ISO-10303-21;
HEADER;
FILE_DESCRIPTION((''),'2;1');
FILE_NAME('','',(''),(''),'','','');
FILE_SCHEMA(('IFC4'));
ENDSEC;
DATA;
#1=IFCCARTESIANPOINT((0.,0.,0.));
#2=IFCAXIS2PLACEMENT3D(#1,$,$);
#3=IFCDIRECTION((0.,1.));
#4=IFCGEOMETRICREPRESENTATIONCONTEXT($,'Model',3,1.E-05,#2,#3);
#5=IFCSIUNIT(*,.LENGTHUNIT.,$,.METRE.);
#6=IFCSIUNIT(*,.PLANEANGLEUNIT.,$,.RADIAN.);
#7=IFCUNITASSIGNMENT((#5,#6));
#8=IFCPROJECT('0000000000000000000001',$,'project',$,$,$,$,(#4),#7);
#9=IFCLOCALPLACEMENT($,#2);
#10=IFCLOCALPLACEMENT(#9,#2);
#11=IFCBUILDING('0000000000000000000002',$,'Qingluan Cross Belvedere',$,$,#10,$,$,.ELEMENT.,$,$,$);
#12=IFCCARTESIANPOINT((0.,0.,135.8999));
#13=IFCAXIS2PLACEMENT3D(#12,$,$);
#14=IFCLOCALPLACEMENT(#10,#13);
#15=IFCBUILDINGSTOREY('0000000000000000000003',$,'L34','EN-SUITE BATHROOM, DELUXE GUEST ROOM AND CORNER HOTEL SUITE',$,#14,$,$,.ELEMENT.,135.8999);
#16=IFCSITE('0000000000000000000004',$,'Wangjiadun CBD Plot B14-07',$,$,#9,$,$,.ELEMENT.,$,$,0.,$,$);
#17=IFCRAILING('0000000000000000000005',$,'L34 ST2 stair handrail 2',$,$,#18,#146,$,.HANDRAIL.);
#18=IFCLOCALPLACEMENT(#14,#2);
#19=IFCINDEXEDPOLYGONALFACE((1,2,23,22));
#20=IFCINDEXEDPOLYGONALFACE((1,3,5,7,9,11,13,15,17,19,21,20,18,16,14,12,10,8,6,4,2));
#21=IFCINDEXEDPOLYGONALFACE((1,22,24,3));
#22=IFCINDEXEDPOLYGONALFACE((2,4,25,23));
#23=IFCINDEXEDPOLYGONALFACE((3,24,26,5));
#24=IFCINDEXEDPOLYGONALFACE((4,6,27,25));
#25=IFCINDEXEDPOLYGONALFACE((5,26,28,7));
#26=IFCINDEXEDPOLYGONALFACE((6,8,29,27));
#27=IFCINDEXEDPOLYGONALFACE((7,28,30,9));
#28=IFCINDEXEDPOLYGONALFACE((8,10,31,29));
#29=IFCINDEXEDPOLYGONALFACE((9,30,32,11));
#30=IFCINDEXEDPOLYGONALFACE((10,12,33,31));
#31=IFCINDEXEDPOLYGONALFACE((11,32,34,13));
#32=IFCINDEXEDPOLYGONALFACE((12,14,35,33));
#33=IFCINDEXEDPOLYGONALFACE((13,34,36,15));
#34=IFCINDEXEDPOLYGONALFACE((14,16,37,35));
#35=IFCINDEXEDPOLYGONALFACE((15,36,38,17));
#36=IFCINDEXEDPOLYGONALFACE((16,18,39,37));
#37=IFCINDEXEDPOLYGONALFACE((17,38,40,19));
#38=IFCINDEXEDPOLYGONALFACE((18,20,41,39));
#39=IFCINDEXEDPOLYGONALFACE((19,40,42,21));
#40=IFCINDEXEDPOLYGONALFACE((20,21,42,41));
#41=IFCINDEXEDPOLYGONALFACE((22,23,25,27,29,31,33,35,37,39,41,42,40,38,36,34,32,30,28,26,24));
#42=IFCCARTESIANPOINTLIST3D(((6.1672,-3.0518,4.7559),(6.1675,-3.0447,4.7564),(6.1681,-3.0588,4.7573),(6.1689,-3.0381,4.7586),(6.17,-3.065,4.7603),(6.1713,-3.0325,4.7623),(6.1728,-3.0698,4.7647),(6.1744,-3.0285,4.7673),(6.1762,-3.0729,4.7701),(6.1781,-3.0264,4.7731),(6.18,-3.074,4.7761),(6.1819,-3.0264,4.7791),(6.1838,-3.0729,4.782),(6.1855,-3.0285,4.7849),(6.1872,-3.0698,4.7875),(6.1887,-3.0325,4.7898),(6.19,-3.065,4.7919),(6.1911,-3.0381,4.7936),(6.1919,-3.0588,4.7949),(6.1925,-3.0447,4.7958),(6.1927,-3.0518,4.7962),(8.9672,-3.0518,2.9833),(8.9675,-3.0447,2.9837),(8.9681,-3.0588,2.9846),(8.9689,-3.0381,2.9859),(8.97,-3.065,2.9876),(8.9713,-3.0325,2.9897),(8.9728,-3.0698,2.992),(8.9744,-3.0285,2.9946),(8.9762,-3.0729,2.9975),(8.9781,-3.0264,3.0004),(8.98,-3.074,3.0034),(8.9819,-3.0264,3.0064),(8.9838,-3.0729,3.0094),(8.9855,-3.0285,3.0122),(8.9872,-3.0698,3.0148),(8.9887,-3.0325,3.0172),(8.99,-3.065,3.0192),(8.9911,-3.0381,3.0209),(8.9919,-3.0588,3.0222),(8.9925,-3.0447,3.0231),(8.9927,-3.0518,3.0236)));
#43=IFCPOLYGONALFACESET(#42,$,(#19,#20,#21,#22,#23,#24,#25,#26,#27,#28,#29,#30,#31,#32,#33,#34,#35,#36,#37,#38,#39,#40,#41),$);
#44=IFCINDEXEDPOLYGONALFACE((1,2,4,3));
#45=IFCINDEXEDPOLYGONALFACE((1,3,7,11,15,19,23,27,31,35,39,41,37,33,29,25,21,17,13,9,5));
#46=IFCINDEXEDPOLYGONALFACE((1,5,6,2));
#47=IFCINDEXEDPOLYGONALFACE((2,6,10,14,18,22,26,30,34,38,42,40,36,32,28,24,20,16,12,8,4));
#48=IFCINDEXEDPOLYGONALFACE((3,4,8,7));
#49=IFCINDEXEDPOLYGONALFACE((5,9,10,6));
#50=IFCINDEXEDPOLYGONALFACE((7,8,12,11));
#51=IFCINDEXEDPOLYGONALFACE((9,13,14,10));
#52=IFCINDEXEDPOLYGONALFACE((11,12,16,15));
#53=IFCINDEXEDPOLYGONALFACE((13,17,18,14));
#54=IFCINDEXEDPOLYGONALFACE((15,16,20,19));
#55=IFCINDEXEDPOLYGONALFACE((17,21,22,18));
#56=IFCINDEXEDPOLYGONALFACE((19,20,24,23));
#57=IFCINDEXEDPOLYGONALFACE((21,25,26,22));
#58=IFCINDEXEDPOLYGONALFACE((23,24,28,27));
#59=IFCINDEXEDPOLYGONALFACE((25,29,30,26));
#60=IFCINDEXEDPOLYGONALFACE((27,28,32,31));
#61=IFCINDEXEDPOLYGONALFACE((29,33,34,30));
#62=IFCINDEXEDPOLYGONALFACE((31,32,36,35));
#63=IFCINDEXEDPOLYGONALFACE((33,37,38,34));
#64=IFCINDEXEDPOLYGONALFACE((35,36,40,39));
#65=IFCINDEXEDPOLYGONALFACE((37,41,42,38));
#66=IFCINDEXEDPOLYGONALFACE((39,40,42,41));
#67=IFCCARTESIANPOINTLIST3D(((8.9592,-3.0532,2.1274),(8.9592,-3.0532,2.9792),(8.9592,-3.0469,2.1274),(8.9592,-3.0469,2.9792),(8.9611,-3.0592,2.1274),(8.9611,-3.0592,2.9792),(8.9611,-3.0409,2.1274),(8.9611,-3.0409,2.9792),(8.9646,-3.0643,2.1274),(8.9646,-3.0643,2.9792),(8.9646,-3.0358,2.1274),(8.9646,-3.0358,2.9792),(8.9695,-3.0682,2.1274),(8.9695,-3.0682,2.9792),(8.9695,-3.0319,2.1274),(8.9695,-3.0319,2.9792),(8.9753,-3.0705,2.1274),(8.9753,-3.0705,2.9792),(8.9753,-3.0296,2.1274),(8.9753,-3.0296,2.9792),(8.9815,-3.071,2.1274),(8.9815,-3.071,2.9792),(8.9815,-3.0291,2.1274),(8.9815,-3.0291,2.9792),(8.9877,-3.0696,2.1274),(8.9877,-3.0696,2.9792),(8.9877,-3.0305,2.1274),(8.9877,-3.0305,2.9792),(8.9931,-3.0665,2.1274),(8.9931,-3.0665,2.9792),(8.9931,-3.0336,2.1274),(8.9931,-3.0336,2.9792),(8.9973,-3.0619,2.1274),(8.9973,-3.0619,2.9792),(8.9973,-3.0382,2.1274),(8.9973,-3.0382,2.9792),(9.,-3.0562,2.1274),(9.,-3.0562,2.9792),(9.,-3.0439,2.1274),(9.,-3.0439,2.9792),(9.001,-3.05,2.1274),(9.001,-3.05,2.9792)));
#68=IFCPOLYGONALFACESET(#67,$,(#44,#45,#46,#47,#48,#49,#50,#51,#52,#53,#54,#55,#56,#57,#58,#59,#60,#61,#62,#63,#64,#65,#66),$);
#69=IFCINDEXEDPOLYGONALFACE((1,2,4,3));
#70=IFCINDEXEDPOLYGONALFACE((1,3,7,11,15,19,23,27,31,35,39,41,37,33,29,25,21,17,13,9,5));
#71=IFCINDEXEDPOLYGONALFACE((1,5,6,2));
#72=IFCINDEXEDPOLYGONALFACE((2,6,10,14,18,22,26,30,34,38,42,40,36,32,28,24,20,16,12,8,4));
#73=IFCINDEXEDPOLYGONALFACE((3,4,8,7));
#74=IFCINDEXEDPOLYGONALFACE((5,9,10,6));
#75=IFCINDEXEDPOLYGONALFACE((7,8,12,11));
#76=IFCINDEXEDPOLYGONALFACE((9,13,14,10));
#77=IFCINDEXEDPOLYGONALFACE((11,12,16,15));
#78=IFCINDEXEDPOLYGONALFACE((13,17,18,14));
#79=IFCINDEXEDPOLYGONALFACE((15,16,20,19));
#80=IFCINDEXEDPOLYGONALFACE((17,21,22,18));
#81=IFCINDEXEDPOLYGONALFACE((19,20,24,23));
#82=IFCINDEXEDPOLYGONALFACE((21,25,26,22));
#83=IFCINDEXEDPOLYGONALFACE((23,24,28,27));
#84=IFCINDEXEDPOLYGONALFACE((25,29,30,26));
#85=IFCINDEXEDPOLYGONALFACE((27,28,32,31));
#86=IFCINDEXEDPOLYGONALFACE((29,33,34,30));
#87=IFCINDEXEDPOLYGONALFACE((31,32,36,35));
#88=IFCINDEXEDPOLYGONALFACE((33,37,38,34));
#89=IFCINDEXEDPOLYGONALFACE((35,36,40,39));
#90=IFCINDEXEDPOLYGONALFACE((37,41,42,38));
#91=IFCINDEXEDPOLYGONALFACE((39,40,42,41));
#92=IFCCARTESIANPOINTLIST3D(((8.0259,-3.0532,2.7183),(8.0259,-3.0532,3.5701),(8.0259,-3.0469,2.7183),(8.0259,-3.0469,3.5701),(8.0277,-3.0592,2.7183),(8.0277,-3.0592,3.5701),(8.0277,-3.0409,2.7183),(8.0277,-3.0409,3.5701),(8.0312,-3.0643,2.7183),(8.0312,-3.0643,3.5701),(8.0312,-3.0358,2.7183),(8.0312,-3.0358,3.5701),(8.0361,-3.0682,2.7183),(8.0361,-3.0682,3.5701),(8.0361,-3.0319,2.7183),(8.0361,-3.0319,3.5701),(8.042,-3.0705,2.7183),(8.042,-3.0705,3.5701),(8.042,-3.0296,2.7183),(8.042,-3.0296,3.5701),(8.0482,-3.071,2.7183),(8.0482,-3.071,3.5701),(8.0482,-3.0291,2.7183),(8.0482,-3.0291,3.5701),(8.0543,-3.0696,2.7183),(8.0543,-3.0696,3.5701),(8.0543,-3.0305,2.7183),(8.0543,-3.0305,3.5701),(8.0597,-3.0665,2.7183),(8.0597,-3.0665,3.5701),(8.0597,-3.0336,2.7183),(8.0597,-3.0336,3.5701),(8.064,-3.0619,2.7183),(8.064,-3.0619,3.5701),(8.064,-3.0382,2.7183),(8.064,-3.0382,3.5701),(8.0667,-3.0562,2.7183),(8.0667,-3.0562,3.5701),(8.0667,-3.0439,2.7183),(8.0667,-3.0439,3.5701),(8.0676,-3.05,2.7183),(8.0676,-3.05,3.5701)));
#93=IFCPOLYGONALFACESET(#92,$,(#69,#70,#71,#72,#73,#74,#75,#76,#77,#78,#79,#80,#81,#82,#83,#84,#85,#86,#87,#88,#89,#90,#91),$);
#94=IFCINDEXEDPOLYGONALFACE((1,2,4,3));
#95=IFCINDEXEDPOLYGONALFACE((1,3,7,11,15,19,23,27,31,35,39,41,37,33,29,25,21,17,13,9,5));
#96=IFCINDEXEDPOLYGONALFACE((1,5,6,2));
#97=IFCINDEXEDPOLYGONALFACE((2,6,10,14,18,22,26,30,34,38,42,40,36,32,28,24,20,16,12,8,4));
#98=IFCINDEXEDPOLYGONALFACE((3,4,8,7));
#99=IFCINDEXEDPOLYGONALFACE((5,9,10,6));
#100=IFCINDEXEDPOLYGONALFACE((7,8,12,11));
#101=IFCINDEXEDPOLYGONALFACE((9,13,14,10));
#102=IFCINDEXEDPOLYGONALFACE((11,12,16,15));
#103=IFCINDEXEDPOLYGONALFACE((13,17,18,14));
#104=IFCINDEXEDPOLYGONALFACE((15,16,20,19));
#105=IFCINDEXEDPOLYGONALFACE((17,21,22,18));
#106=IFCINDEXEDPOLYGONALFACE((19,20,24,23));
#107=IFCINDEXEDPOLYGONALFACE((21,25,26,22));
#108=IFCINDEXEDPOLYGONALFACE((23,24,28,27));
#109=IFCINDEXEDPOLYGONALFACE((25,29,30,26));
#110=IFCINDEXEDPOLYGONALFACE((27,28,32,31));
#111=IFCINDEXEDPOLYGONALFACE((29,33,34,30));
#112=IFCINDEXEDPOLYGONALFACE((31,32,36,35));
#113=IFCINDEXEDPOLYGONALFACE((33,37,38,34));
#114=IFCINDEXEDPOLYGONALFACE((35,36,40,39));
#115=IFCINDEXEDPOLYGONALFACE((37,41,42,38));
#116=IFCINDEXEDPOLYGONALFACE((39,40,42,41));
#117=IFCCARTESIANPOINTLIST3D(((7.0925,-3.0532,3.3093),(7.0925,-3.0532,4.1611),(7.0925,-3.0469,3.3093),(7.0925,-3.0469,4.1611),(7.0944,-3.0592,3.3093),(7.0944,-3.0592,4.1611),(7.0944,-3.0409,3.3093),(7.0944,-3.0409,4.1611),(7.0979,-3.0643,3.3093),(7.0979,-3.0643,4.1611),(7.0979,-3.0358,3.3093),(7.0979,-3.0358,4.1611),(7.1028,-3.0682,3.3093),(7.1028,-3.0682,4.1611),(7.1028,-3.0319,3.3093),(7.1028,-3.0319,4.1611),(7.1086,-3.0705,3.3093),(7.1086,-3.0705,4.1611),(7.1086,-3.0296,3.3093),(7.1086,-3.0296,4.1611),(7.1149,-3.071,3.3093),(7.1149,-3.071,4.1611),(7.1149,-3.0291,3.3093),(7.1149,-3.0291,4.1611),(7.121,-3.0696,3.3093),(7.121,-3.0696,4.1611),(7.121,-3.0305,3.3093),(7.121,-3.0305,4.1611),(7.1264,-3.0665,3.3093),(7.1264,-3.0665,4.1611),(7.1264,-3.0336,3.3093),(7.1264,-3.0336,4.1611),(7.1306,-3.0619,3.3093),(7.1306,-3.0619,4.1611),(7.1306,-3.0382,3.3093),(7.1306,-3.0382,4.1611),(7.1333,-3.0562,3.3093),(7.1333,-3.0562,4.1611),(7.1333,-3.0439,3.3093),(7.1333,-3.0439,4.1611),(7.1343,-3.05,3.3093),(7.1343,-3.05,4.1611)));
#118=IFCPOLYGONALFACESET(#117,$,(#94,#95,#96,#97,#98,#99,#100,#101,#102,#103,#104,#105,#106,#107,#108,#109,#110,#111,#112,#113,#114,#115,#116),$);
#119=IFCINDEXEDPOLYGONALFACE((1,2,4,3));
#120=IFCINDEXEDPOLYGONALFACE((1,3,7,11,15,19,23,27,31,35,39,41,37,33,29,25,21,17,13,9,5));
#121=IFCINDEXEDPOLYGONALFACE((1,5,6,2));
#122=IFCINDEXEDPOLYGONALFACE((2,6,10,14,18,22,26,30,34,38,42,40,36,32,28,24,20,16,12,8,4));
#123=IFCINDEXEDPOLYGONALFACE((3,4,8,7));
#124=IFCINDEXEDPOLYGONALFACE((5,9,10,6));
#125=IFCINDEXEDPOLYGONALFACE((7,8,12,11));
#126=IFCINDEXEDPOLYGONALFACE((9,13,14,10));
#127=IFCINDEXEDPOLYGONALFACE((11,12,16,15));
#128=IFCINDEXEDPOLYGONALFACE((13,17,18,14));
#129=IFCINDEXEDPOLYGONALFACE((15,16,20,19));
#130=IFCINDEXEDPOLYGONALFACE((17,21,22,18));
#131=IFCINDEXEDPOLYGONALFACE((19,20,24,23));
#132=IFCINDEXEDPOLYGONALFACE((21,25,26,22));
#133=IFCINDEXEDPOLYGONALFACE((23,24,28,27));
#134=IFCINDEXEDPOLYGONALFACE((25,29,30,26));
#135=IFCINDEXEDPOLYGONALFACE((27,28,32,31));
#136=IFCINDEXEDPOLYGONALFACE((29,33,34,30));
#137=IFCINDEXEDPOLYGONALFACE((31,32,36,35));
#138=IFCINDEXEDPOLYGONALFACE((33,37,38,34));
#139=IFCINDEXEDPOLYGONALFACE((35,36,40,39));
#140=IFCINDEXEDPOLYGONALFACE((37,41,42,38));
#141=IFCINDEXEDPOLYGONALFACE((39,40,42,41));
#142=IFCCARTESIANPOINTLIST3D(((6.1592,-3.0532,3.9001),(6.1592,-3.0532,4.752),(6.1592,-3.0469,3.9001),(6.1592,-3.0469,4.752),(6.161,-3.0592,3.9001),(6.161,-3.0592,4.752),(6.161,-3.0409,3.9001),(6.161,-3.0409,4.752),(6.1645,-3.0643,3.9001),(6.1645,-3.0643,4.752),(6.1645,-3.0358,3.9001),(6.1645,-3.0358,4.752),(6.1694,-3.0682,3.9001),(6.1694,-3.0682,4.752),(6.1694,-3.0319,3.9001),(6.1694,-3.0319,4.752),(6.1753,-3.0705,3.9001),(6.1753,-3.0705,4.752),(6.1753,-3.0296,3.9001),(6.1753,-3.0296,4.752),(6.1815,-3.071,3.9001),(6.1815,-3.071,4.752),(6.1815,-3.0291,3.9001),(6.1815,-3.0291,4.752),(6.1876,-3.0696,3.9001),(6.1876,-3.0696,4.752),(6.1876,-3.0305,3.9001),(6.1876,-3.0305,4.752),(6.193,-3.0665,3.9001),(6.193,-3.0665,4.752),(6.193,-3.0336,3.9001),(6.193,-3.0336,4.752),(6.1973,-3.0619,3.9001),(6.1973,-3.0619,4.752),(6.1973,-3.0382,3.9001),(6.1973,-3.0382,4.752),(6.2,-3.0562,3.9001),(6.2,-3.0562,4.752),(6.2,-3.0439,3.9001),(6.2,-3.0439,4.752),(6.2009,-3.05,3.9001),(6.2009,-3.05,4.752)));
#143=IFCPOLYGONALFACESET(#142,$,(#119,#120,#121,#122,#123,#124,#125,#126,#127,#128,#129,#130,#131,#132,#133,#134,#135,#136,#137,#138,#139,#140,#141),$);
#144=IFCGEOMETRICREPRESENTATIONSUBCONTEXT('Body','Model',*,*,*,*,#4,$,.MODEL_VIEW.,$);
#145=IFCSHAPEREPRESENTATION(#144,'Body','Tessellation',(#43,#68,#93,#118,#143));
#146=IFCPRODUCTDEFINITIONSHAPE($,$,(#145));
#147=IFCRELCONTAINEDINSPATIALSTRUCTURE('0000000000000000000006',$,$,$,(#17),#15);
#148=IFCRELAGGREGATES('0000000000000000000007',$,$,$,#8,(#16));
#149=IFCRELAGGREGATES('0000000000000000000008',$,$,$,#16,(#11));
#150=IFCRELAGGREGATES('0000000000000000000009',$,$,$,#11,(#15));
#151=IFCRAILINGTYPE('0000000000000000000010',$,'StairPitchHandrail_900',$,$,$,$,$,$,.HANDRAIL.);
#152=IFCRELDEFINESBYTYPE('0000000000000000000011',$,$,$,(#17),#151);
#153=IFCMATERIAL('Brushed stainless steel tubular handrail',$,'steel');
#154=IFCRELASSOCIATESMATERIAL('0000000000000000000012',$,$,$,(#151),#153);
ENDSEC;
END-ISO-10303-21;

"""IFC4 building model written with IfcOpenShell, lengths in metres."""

from ifc_helpers import new_model, si_unit, direction, frame, origin, origin_2d, place, context, subcontext, project, spatial, circle, extrude, material, type_object, element, save


model = new_model("IFC4")

# Units and contexts
model_context = context("Model", 3, precision=1e-05, world=origin(), true_north=direction((0.0, 1.0)))
body_context = subcontext(model_context, "Body", "Model", "MODEL_VIEW")
ifc_project = project(units=[si_unit("LENGTHUNIT", "METRE"), si_unit("PLANEANGLEUNIT", "RADIAN")], contexts=[model_context])

# Site, building, storey
site_placement = place(None, origin())
site = spatial("IfcSite", under=ifc_project, at=site_placement, Name="Wangjiadun CBD Plot B14-07", CompositionType="ELEMENT", RefElevation=0.0)
building_placement = place(site_placement, origin())
building = spatial("IfcBuilding", under=site, at=building_placement, Name="Qingluan Cross Belvedere", CompositionType="ELEMENT")
storey_placement = place(building_placement, frame((0.0, 0.0, 135.8999)))
storey = spatial("IfcBuildingStorey", under=building, at=storey_placement, Name="L34", Description="EN-SUITE BATHROOM, DELUXE GUEST ROOM AND CORNER HOTEL SUITE", CompositionType="ELEMENT", Elevation=135.8999)

# Railing
ifc_material_1 = material(Name="Brushed stainless steel tubular handrail", Category="steel")
railing_type_1 = type_object("IfcRailingType", Name="StairPitchHandrail_900", PredefinedType="HANDRAIL", material=ifc_material_1)
railing_1_placement = place(storey_placement, frame((8.98, -3.05, 2.1274)))
element("IfcRailing", 1, at=railing_1_placement, inside=storey, type_object=railing_type_1, Name="L34 ST2 stair handrail 2", PredefinedType="HANDRAIL", context=body_context, shape_type="SweptSolid", body=[
    extrude(circle(Radius=0.0239, at=origin_2d()), frame((0.0, 0.0, 0.876), z_axis=(-0.844909, 0.0, 0.53491), x_axis=(0.0, -1.0, 0.0)), (0.0, 0.0, 1.0), 3.314),
    extrude(circle(Radius=0.021, at=origin_2d()), origin(), (0.0, 0.0, 1.0), 0.8518),
    extrude(circle(Radius=0.021, at=origin_2d()), frame((-0.9333, 0.0, 0.5908)), (0.0, 0.0, 1.0), 0.8518),
    extrude(circle(Radius=0.021, at=origin_2d()), frame((-1.8667, 0.0, 1.1819)), (0.0, 0.0, 1.0), 0.8518),
    extrude(circle(Radius=0.021, at=origin_2d()), frame((-2.8, 0.0, 1.7727)), (0.0, 0.0, 1.0), 0.8518),
])

save(model, "model.ifc")
